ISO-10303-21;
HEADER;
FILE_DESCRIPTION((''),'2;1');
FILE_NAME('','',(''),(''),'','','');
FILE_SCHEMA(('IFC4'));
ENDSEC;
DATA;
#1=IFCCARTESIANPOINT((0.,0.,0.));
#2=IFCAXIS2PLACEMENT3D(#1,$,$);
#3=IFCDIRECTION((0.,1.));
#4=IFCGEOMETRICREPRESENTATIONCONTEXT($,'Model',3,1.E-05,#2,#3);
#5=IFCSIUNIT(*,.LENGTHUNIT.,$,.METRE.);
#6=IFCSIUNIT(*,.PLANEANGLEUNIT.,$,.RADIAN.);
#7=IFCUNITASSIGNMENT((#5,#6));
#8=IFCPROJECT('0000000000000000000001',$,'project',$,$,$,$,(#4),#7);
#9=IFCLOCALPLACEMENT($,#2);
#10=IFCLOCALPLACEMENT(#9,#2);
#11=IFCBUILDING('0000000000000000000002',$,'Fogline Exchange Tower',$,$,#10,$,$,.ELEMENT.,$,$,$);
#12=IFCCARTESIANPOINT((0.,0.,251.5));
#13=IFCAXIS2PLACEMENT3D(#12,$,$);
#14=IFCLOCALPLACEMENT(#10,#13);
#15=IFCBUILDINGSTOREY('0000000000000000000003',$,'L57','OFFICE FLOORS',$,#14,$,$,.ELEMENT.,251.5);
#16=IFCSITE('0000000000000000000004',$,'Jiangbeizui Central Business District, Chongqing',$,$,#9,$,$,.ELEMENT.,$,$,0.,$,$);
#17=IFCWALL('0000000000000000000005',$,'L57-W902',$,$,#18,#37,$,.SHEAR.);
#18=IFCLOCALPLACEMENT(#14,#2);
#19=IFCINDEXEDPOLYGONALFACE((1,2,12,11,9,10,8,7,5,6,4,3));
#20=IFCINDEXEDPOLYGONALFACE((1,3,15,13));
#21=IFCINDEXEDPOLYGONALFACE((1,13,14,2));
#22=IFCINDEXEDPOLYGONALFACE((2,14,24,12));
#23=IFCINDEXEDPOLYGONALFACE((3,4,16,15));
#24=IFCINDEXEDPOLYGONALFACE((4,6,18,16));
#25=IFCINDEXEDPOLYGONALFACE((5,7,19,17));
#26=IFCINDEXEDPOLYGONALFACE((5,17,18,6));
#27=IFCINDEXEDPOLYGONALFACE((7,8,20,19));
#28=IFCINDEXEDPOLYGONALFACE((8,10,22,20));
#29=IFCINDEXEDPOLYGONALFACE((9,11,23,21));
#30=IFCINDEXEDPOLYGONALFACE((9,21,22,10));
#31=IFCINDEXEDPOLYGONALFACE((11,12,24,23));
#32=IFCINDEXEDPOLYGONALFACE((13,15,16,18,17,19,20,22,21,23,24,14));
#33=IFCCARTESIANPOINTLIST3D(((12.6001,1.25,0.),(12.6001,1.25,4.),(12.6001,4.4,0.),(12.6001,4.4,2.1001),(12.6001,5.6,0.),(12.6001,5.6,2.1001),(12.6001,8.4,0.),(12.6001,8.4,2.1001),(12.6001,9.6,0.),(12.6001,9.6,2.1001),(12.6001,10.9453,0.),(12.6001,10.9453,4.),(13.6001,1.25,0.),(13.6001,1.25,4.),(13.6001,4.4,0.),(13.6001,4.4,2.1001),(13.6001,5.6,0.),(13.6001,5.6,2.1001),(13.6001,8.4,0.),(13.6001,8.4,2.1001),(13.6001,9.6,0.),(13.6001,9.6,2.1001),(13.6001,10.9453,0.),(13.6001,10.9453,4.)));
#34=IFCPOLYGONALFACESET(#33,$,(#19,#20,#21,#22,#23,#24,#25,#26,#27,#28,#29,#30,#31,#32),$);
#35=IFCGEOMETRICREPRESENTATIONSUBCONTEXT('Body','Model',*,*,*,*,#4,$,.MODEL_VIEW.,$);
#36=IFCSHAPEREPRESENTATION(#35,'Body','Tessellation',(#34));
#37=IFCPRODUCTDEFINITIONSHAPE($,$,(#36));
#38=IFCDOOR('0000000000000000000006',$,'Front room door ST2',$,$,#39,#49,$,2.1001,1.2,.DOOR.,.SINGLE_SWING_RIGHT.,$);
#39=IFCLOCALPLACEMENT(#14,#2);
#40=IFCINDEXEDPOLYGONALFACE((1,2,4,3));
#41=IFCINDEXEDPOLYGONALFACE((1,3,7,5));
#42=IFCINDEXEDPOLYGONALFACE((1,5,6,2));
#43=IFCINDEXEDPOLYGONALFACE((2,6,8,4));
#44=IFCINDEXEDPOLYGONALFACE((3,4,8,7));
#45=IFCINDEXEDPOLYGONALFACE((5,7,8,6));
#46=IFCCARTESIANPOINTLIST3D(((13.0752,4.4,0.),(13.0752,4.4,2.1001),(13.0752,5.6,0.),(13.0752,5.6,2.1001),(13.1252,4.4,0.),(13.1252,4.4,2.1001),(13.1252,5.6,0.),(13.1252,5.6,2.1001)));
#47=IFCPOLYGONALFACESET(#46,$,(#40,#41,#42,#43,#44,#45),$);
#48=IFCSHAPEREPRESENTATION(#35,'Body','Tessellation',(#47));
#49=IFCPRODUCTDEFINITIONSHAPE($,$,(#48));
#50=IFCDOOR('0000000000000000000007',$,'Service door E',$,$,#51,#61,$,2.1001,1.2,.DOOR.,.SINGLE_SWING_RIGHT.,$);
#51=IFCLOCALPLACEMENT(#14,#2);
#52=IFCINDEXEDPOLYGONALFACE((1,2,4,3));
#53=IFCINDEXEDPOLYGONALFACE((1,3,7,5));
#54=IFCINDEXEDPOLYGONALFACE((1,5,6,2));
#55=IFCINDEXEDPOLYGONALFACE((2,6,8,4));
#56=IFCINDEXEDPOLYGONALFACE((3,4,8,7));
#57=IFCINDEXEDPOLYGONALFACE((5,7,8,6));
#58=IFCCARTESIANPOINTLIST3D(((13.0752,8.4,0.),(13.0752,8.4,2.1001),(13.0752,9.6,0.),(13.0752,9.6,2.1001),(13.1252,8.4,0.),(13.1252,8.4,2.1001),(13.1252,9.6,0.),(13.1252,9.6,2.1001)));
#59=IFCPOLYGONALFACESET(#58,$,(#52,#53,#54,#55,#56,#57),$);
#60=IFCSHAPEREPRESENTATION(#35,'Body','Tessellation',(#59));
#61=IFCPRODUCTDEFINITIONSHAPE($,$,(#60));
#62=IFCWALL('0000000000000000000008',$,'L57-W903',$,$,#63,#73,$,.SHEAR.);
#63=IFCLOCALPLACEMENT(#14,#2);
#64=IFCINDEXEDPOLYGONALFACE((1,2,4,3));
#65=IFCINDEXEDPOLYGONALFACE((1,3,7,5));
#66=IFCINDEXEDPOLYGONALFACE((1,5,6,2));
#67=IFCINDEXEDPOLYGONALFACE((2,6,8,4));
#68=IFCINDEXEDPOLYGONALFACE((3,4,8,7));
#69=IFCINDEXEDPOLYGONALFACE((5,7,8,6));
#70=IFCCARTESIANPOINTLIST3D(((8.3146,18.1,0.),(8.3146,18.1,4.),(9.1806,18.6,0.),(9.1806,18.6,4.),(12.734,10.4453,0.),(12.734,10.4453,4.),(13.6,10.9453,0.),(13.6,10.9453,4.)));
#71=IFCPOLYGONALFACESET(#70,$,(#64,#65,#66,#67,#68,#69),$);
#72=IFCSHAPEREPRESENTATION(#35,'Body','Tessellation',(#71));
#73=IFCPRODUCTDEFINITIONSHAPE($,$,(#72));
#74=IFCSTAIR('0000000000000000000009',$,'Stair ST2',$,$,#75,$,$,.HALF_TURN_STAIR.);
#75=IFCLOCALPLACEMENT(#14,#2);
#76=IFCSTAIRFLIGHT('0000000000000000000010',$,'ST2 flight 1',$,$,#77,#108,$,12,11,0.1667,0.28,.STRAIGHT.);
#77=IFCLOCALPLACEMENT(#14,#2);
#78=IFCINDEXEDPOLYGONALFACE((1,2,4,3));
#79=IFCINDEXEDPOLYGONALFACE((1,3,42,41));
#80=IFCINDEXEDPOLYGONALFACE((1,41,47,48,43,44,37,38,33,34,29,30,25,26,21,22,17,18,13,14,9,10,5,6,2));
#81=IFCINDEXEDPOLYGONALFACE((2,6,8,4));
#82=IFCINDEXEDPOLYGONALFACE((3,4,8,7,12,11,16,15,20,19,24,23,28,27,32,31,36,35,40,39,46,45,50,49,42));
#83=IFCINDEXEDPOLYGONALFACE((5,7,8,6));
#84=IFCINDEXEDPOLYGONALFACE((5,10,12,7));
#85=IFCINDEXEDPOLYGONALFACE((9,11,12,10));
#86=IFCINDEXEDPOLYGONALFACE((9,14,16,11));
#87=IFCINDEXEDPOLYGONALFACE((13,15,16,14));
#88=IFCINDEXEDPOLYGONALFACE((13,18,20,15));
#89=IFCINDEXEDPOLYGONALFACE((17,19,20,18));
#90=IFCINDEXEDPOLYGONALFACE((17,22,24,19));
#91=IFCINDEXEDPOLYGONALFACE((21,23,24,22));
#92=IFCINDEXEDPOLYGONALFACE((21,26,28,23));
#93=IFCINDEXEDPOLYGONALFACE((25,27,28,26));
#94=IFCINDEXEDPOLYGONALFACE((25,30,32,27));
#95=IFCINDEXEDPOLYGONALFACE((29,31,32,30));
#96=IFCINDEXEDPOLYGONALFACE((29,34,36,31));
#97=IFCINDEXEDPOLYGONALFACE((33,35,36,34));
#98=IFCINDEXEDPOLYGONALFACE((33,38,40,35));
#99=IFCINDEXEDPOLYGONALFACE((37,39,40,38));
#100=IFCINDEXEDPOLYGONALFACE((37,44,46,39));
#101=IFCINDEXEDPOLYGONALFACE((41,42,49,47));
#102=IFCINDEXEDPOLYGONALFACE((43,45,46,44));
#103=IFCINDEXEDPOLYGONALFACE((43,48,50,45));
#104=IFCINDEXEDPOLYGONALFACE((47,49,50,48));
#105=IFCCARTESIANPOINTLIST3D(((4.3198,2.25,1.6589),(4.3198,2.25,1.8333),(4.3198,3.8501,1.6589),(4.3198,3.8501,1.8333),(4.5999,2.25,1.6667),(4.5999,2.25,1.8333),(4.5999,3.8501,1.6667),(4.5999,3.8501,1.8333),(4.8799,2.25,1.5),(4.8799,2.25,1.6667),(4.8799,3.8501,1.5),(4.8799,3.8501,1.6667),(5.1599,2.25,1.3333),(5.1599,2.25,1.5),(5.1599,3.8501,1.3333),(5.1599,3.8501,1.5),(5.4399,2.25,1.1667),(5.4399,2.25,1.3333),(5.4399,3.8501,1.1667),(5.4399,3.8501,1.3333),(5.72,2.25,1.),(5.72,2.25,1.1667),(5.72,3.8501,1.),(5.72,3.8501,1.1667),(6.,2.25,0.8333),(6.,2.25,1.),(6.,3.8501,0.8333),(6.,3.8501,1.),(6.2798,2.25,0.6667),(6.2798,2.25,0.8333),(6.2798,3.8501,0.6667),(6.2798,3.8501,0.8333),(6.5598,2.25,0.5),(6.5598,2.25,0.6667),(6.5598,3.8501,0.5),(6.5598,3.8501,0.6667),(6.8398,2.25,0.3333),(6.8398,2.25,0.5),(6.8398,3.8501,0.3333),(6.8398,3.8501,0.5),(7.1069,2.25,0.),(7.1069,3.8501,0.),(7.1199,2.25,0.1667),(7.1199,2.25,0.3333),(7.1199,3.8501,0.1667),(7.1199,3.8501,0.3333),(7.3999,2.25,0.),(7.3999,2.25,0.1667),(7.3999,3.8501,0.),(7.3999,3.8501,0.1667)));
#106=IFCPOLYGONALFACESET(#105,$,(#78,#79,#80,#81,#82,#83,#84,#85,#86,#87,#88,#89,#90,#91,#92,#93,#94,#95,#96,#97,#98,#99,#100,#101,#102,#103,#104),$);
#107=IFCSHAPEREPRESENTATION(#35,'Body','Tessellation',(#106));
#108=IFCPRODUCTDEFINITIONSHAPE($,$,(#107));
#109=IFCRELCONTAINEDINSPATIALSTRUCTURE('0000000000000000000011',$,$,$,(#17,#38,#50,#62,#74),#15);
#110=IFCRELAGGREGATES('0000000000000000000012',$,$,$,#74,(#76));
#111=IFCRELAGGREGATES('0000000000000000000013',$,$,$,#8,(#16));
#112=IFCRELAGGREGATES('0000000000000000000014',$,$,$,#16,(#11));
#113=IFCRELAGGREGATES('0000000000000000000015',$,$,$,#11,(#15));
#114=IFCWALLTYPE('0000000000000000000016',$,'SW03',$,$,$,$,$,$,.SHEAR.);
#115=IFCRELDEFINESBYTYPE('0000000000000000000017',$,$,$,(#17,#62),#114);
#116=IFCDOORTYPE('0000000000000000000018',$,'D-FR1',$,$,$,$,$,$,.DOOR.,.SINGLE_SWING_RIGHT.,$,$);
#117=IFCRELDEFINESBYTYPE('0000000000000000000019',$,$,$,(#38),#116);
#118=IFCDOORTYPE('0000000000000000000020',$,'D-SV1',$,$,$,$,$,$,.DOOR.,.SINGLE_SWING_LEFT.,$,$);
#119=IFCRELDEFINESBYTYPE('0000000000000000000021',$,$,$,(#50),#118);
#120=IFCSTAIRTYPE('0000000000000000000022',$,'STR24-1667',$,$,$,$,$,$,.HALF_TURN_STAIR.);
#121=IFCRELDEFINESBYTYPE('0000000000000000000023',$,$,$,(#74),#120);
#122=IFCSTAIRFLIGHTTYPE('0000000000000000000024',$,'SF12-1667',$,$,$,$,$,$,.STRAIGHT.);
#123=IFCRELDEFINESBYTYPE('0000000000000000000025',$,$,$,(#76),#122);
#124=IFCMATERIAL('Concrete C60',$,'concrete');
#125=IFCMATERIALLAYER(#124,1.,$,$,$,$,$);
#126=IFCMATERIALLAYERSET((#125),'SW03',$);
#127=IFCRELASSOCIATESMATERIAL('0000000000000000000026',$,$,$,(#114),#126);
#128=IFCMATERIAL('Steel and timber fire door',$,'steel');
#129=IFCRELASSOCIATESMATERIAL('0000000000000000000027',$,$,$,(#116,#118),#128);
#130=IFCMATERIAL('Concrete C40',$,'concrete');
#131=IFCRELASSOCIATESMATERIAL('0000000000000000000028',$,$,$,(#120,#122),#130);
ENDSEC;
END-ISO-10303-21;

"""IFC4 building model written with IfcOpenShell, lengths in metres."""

from ifc_helpers import new_model, si_unit, direction, frame, frame_2d, origin, place, context, subcontext, project, spatial, polyline, rectangle, outline, extrude, material, layer, layer_set, type_object, element, fill, aggregate, save


model = new_model("IFC4")

# Units and contexts
model_context = context("Model", 3, precision=1e-05, world=origin(), true_north=direction((0.0, 1.0)))
body_context = subcontext(model_context, "Body", "Model", "MODEL_VIEW")
ifc_project = project(units=[si_unit("LENGTHUNIT", "METRE"), si_unit("PLANEANGLEUNIT", "RADIAN")], contexts=[model_context])

# Site, building, storey
site_placement = place(None, origin())
site = spatial("IfcSite", under=ifc_project, at=site_placement, Name="Jiangbeizui Central Business District, Chongqing", CompositionType="ELEMENT", RefElevation=0.0)
building_placement = place(site_placement, origin())
building = spatial("IfcBuilding", under=site, at=building_placement, Name="Fogline Exchange Tower", CompositionType="ELEMENT")
storey_placement = place(building_placement, frame((0.0, 0.0, 251.5)))
storey = spatial("IfcBuildingStorey", under=building, at=storey_placement, Name="L57", Description="OFFICE FLOORS", CompositionType="ELEMENT", Elevation=251.5)

# Shared definitions
ifc_material_1 = material(Name="Concrete C40", Category="concrete")

# Shared definitions
ifc_material_2 = material(Name="Steel and timber fire door", Category="steel")

# Wall, openings, doors
ifc_material_3 = material(Name="Concrete C60", Category="concrete")
ifc_layer_1 = layer(ifc_material_3, 1.0)
ifc_layer_set_1 = layer_set([ifc_layer_1], Name="SW03")
wall_type_1 = type_object("IfcWallType", Name="SW03", PredefinedType="SHEAR", material=ifc_layer_set_1)
wall_1_placement = place(storey_placement, frame((13.1001, 1.25, 0.0), z_axis=(0.0, 0.0, 1.0), x_axis=(0.0, 1.0, 0.0)))
wall_1 = element("IfcWall", 1, at=wall_1_placement, inside=storey, type_object=wall_type_1, Name="L57-W902", PredefinedType="SHEAR", context=body_context, shape_type="SweptSolid", body=[
    extrude(rectangle(XDim=9.6953, YDim=1.0, at=frame_2d((4.8477, 0.0))), origin(), (0.0, 0.0, 1.0), 4.0),
])
opening_1_placement = place(wall_1_placement, frame((3.1499, 0.0, 0.0)))
opening_1 = element("IfcOpeningElement", 2, at=opening_1_placement, cuts=wall_1, PredefinedType="OPENING", context=body_context, shape_type="SweptSolid", body=[
    extrude(rectangle(XDim=1.2, YDim=2.1001, at=frame_2d((0.6001, 1.05))), frame((0.0, 0.51, 0.0), z_axis=(0.0, -1.0, 0.0), x_axis=(1.0, 0.0, 0.0)), (0.0, 0.0, 1.0), 1.02),
])
opening_2_placement = place(wall_1_placement, frame((7.1499, 0.0, 0.0)))
opening_2 = element("IfcOpeningElement", 3, at=opening_2_placement, cuts=wall_1, PredefinedType="OPENING", context=body_context, shape_type="SweptSolid", body=[
    extrude(rectangle(XDim=1.2, YDim=2.1001, at=frame_2d((0.6001, 1.05))), frame((0.0, 0.51, 0.0), z_axis=(0.0, -1.0, 0.0), x_axis=(1.0, 0.0, 0.0)), (0.0, 0.0, 1.0), 1.02),
])
door_type_1 = type_object("IfcDoorType", Name="D-FR1", OperationType="SINGLE_SWING_RIGHT", PredefinedType="DOOR", material=ifc_material_2)
door_1_placement = place(opening_1_placement, origin())
door_1 = element("IfcDoor", 4, at=door_1_placement, inside=storey, type_object=door_type_1, Name="Front room door ST2", OperationType="SINGLE_SWING_RIGHT", OverallHeight=2.1001, OverallWidth=1.2, PredefinedType="DOOR", context=body_context, shape_type="SweptSolid", body=[
    extrude(rectangle(XDim=1.2, YDim=2.1001, at=frame_2d((0.6001, 1.05))), frame((0.0, 0.0249, 0.0), z_axis=(0.0, -1.0, 0.0), x_axis=(1.0, 0.0, 0.0)), (0.0, 0.0, 1.0), 0.05),
])
fill(opening_1, door_1)
door_type_2 = type_object("IfcDoorType", Name="D-SV1", OperationType="SINGLE_SWING_LEFT", PredefinedType="DOOR", material=ifc_material_2)
door_2_placement = place(opening_2_placement, origin())
door_2 = element("IfcDoor", 5, at=door_2_placement, inside=storey, type_object=door_type_2, Name="Service door E", OperationType="SINGLE_SWING_RIGHT", OverallHeight=2.1001, OverallWidth=1.2, PredefinedType="DOOR", context=body_context, shape_type="SweptSolid", body=[
    extrude(rectangle(XDim=1.2, YDim=2.1001, at=frame_2d((0.6001, 1.05))), frame((0.0, 0.0249, 0.0), z_axis=(0.0, -1.0, 0.0), x_axis=(1.0, 0.0, 0.0)), (0.0, 0.0, 1.0), 0.05),
])
fill(opening_2, door_2)

# Wall
wall_2_placement = place(storey_placement, frame((13.167, 10.6953, 0.0), z_axis=(0.0, 0.0, 1.0), x_axis=(-0.499995, 0.866028, 0.0)))
element("IfcWall", 6, at=wall_2_placement, inside=storey, type_object=wall_type_1, Name="L57-W903", PredefinedType="SHEAR", context=body_context, shape_type="SweptSolid", body=[
    extrude(rectangle(XDim=8.8389, YDim=1.0, at=frame_2d((4.4194, 0.0))), origin(), (0.0, 0.0, 1.0), 4.0),
])

# Stair, stair flight
stair_type = type_object("IfcStairType", Name="STR24-1667", PredefinedType="HALF_TURN_STAIR", material=ifc_material_1)
stair_placement = place(storey_placement, origin())
stair = element("IfcStair", 7, at=stair_placement, inside=storey, type_object=stair_type, Name="Stair ST2", PredefinedType="HALF_TURN_STAIR")
stair_flight_type = type_object("IfcStairFlightType", Name="SF12-1667", PredefinedType="STRAIGHT", material=ifc_material_1)
stair_flight_placement = place(storey_placement, frame((7.3999, 3.05, 0.0), z_axis=(0.0, 0.0, 1.0), x_axis=(-1.0, 0.0, 0.0)))
stair_flight = element("IfcStairFlight", 8, at=stair_flight_placement, type_object=stair_flight_type, Name="ST2 flight 1", NumberOfRisers=12, NumberOfTreads=11, PredefinedType="STRAIGHT", RiserHeight=0.1667, TreadLength=0.28, context=body_context, shape_type="SweptSolid", body=[
    extrude(outline(polyline([(0.0, 0.0), (0.0, 0.1667), (0.28, 0.1667), (0.28, 0.3333), (0.5601, 0.3333), (0.5601, 0.5), (0.8401, 0.5), (0.8401, 0.6667), (1.1201, 0.6667), (1.1201, 0.8333), (1.3999, 0.8333), (1.3999, 1.0), (1.6799, 1.0), (1.6799, 1.1667), (1.96, 1.1667), (1.96, 1.3333), (2.24, 1.3333), (2.24, 1.5), (2.52, 1.5), (2.52, 1.6667), (2.8, 1.6667), (2.8, 1.8333), (3.0801, 1.8333), (3.0801, 2.0), (3.0801, 1.6589), (0.293, 0.0), (0.0, 0.0)])), frame((0.0, 0.8, 0.0), z_axis=(0.0, -1.0, 0.0), x_axis=(1.0, 0.0, 0.0)), (0.0, 0.0, 1.0), 1.6001),
])
aggregate(stair, [stair_flight])

save(model, "model.ifc")
